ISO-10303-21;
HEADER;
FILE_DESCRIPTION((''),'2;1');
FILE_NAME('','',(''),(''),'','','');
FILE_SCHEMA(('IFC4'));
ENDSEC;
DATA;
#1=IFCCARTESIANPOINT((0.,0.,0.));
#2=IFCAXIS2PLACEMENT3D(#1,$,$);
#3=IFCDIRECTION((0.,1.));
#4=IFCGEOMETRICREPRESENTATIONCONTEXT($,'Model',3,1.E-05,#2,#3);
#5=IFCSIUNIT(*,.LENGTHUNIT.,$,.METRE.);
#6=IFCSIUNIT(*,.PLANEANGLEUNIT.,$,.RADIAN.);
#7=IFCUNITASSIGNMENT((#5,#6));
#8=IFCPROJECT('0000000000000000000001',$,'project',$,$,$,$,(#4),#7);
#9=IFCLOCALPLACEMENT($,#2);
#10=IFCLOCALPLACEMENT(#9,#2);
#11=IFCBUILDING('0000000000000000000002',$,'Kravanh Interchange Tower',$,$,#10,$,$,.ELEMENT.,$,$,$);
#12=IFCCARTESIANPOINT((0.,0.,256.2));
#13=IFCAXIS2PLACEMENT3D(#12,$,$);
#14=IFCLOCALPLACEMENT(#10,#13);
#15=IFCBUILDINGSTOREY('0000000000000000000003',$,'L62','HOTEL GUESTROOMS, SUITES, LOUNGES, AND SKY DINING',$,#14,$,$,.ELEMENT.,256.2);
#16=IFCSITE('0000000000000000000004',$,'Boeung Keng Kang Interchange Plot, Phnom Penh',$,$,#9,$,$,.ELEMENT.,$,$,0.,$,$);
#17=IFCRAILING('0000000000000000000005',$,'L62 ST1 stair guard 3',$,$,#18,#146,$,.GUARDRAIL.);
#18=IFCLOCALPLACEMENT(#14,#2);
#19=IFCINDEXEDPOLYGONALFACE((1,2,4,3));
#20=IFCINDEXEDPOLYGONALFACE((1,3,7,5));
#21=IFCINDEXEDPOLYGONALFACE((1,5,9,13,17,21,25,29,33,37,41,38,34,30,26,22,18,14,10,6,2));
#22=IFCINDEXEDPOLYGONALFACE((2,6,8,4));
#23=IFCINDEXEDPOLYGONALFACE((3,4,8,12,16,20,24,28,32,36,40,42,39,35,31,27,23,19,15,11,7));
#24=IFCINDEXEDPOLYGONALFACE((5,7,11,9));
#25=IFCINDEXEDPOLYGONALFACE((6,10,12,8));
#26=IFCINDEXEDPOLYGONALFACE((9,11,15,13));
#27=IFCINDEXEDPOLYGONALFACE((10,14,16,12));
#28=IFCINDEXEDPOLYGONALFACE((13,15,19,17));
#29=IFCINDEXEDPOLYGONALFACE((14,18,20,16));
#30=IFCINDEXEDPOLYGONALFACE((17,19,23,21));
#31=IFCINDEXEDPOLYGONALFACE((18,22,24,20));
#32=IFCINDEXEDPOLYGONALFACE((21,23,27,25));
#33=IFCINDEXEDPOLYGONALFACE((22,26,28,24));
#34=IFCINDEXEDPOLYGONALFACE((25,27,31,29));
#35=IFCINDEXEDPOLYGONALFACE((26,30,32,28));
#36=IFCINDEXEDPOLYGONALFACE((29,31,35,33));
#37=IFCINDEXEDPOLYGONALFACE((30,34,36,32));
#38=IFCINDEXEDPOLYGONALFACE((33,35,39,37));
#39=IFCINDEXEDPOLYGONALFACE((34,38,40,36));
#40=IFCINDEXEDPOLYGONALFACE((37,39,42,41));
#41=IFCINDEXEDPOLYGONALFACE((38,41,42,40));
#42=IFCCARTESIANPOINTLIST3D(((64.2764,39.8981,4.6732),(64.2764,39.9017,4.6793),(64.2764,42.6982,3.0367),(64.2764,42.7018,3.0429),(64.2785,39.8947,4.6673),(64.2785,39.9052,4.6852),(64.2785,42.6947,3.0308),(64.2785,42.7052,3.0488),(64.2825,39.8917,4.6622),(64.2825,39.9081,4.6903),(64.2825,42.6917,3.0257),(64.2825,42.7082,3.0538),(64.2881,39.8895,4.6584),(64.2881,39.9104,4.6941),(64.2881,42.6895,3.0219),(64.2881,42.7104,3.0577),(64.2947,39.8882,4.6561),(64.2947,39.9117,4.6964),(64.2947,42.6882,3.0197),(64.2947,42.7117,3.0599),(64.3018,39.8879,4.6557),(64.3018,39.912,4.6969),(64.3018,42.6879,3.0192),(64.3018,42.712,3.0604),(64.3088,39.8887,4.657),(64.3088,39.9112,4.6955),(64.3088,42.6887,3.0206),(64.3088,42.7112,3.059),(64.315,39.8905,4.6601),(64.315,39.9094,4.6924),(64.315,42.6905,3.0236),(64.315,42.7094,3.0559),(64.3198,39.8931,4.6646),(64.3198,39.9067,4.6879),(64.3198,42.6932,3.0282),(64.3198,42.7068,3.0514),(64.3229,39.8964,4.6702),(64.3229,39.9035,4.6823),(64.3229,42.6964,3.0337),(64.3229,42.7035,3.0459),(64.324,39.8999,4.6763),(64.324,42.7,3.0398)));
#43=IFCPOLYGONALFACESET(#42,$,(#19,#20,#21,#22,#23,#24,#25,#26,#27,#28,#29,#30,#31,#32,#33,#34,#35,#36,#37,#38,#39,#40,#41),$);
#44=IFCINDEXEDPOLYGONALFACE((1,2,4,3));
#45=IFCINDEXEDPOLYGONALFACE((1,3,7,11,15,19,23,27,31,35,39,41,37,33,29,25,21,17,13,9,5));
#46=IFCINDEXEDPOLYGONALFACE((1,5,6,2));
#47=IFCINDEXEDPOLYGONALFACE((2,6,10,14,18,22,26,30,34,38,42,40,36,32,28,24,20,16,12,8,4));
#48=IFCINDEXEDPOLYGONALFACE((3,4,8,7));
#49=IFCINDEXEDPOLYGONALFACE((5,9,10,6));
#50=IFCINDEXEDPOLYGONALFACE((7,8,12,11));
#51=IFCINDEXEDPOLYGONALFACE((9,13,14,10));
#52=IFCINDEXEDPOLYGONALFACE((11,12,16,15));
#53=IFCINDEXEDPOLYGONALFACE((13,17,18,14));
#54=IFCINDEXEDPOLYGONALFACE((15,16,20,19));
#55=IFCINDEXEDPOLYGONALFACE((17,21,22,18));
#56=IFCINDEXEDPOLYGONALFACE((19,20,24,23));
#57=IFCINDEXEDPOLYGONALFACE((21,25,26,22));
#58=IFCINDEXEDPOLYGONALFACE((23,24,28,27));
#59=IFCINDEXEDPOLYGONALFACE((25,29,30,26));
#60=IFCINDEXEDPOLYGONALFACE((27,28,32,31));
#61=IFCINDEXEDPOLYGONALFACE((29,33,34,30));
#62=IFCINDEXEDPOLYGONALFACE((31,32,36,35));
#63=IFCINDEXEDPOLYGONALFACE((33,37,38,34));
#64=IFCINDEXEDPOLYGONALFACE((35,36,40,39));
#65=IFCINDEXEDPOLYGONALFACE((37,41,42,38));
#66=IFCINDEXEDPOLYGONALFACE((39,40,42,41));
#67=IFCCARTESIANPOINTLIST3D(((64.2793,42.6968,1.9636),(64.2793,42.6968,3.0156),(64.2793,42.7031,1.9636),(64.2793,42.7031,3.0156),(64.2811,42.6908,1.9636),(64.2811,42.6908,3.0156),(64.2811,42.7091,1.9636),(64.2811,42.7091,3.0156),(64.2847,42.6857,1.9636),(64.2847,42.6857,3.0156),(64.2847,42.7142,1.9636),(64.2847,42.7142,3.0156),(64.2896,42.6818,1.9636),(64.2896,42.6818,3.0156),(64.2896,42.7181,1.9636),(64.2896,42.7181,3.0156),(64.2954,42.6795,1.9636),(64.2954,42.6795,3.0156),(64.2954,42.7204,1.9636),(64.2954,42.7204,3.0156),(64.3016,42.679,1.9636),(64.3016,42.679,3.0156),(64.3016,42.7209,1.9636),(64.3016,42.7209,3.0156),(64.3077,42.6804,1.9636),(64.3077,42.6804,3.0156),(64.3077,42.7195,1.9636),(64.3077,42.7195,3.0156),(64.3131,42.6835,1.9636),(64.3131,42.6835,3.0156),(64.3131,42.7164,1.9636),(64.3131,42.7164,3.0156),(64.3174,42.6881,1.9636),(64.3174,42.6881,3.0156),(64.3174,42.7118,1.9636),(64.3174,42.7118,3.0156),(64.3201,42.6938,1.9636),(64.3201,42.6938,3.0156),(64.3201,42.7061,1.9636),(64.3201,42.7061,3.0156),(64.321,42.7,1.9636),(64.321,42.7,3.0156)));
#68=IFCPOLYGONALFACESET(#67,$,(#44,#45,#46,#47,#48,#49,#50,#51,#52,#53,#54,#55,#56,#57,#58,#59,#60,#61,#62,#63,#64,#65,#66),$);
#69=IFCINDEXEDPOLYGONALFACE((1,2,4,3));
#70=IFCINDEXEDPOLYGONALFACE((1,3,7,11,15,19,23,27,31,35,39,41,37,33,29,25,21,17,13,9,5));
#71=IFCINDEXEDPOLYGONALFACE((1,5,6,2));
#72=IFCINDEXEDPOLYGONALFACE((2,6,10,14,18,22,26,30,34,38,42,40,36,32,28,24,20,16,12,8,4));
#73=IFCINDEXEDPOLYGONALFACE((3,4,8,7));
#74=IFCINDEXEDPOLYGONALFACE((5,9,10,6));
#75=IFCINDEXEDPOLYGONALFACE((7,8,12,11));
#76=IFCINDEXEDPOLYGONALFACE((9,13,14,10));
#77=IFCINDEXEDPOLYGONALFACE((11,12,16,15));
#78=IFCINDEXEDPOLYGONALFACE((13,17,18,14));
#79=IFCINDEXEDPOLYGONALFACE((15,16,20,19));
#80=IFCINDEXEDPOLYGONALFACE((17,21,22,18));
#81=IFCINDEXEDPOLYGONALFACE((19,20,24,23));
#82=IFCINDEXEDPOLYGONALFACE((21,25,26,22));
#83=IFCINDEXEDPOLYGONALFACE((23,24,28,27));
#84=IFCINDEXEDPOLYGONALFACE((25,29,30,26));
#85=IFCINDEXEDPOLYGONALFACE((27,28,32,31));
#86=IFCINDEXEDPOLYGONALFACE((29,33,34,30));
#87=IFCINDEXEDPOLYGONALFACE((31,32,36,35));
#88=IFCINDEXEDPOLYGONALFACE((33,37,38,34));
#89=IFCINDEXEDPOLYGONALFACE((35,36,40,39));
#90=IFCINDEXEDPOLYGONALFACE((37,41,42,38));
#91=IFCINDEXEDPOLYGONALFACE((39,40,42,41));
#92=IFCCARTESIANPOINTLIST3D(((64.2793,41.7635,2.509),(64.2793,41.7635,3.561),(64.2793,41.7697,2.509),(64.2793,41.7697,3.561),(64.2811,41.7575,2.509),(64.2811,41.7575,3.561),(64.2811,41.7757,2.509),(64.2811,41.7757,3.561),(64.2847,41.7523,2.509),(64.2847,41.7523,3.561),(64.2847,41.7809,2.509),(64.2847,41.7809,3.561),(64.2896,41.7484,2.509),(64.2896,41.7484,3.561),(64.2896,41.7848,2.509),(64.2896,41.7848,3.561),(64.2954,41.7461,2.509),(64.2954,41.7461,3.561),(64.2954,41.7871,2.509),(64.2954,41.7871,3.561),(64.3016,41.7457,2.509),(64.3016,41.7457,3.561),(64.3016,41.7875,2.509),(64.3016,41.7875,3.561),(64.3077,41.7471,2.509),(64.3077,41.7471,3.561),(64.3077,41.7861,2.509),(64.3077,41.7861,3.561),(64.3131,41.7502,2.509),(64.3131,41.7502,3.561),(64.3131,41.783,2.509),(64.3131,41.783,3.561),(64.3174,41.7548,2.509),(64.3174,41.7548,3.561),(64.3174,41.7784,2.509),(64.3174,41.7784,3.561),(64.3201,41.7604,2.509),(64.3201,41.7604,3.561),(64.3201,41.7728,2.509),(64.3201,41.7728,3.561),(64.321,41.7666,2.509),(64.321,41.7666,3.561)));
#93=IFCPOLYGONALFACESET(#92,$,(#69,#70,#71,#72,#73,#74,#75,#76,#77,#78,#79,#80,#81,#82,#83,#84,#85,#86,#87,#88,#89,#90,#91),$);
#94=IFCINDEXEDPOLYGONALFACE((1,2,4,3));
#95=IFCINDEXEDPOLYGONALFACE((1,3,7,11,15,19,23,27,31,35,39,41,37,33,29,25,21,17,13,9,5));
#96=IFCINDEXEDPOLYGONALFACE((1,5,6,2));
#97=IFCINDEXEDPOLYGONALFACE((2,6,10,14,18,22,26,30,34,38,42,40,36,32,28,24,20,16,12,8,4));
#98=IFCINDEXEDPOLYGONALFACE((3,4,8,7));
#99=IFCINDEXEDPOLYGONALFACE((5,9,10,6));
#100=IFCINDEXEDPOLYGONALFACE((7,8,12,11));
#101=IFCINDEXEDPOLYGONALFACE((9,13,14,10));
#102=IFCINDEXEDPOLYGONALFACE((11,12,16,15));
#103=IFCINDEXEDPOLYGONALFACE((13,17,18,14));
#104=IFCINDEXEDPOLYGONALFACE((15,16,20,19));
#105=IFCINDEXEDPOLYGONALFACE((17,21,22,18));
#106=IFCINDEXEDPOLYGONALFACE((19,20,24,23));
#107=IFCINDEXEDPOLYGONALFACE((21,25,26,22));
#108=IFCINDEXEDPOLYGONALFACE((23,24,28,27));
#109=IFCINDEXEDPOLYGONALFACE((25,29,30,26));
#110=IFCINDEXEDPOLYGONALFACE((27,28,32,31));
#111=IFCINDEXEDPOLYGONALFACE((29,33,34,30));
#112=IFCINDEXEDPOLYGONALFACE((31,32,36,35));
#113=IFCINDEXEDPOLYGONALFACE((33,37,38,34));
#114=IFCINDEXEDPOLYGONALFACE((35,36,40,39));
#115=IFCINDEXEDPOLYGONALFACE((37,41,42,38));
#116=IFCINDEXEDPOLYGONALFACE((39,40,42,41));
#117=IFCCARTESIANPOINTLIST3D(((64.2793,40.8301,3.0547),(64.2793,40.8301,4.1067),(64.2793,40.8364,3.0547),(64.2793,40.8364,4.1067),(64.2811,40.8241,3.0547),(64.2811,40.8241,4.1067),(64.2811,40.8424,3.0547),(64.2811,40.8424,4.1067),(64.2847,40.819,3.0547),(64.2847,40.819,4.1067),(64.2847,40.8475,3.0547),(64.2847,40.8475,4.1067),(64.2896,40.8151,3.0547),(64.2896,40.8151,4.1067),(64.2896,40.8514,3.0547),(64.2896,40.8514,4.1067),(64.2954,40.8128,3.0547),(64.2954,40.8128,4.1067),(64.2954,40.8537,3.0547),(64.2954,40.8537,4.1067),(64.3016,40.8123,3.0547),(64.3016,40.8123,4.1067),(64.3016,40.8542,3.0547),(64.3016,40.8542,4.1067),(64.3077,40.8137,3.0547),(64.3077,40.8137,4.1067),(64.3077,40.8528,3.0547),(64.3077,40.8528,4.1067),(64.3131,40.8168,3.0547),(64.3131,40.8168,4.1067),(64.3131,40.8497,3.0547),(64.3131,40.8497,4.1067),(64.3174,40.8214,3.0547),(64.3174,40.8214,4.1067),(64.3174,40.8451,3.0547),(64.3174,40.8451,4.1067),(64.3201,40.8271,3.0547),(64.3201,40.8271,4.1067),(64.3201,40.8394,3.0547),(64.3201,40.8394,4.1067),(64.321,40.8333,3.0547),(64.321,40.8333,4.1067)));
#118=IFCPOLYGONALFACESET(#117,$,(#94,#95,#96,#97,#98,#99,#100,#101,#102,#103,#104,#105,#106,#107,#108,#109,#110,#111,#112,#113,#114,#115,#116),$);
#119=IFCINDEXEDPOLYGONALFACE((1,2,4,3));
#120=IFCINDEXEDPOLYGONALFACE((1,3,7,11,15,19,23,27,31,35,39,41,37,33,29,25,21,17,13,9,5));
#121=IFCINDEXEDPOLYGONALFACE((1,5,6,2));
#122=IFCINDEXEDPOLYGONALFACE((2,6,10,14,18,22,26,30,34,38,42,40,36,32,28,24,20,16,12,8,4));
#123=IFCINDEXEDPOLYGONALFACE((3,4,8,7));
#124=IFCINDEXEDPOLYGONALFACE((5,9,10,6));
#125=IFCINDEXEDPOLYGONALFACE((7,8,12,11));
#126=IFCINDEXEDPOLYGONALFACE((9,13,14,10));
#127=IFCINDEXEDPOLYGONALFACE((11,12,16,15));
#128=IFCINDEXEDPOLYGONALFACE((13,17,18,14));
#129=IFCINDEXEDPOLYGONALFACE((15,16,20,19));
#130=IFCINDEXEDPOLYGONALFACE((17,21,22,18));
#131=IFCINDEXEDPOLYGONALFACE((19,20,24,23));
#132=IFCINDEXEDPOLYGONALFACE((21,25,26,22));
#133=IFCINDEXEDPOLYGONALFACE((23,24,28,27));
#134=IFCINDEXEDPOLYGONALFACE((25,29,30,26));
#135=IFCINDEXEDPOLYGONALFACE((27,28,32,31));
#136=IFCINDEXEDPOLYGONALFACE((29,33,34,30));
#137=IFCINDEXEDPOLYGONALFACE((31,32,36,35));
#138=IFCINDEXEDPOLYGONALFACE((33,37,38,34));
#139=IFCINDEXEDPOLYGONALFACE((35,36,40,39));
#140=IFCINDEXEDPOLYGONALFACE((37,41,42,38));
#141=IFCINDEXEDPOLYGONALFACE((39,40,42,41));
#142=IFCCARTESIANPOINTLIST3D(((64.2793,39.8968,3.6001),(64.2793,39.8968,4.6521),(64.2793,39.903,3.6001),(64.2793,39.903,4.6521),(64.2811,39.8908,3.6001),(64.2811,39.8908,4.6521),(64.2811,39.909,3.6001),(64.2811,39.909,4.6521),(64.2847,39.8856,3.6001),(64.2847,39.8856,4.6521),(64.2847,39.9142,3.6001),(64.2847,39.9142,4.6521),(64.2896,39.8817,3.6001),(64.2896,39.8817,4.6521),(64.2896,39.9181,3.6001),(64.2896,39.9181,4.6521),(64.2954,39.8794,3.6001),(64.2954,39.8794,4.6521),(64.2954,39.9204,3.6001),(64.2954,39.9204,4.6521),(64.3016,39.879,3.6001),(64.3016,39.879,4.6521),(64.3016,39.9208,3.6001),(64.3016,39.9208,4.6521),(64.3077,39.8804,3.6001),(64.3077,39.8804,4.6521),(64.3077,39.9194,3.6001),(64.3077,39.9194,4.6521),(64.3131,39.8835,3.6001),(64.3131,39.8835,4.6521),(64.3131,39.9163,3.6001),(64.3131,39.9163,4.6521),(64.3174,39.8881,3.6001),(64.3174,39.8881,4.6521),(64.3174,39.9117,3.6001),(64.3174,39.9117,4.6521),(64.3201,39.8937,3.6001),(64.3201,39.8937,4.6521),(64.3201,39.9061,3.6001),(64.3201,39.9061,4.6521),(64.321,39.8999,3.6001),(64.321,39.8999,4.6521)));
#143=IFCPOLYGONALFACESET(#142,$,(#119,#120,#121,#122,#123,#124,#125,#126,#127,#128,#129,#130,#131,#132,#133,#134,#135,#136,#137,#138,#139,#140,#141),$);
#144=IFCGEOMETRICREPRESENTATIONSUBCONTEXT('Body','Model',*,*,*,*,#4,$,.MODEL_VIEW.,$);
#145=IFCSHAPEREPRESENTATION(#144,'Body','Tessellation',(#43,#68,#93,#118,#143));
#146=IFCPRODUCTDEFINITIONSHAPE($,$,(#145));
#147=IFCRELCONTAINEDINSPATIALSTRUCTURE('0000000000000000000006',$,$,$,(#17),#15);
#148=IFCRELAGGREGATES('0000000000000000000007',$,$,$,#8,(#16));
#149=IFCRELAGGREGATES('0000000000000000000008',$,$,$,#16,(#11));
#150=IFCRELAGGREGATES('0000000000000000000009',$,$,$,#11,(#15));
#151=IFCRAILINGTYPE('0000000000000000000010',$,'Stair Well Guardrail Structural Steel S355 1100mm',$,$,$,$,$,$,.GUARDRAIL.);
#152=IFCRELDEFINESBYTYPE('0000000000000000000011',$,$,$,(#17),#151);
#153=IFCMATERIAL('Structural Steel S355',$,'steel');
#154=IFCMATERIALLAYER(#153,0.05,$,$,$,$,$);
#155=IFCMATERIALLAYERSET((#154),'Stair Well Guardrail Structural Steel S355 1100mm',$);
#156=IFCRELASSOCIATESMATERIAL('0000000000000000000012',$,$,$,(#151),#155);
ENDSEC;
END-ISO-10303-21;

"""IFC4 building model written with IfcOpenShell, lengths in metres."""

from ifc_helpers import new_model, si_unit, direction, frame, origin, origin_2d, place, context, subcontext, project, spatial, circle, extrude, material, layer, layer_set, type_object, element, save


model = new_model("IFC4")

# Units and contexts
model_context = context("Model", 3, precision=1e-05, world=origin(), true_north=direction((0.0, 1.0)))
body_context = subcontext(model_context, "Body", "Model", "MODEL_VIEW")
ifc_project = project(units=[si_unit("LENGTHUNIT", "METRE"), si_unit("PLANEANGLEUNIT", "RADIAN")], contexts=[model_context])

# Site, building, storey
site_placement = place(None, origin())
site = spatial("IfcSite", under=ifc_project, at=site_placement, Name="Boeung Keng Kang Interchange Plot, Phnom Penh", CompositionType="ELEMENT", RefElevation=0.0)
building_placement = place(site_placement, origin())
building = spatial("IfcBuilding", under=site, at=building_placement, Name="Kravanh Interchange Tower", CompositionType="ELEMENT")
storey_placement = place(building_placement, frame((0.0, 0.0, 256.2)))
storey = spatial("IfcBuildingStorey", under=building, at=storey_placement, Name="L62", Description="HOTEL GUESTROOMS, SUITES, LOUNGES, AND SKY DINING", CompositionType="ELEMENT", Elevation=256.2)

# Railing
ifc_material_1 = material(Name="Structural Steel S355", Category="steel")
ifc_layer_1 = layer(ifc_material_1, 0.05)
ifc_layer_set_1 = layer_set([ifc_layer_1], Name="Stair Well Guardrail Structural Steel S355 1100mm")
railing_type_1 = type_object("IfcRailingType", Name="Stair Well Guardrail Structural Steel S355 1100mm", PredefinedType="GUARDRAIL", material=ifc_layer_set_1)
railing_1_placement = place(storey_placement, frame((64.3, 42.7, 1.9636)))
element("IfcRailing", 1, at=railing_1_placement, inside=storey, type_object=railing_type_1, Name="L62 ST1 stair guard 3", PredefinedType="GUARDRAIL", context=body_context, shape_type="SweptSolid", body=[
    extrude(circle(Radius=0.0239, at=origin_2d()), frame((0.0, 0.0, 1.0762), z_axis=(0.0, -0.863361, 0.504587), x_axis=(1.0, 0.0, 0.0)), (0.0, 0.0, 1.0), 3.2432),
    extrude(circle(Radius=0.021, at=origin_2d()), origin(), (0.0, 0.0, 1.0), 1.052),
    extrude(circle(Radius=0.021, at=origin_2d()), frame((0.0, -0.9333, 0.5454)), (0.0, 0.0, 1.0), 1.052),
    extrude(circle(Radius=0.021, at=origin_2d()), frame((0.0, -1.8667, 1.0911)), (0.0, 0.0, 1.0), 1.052),
    extrude(circle(Radius=0.021, at=origin_2d()), frame((0.0, -2.8, 1.6365)), (0.0, 0.0, 1.0), 1.052),
])

save(model, "model.ifc")
